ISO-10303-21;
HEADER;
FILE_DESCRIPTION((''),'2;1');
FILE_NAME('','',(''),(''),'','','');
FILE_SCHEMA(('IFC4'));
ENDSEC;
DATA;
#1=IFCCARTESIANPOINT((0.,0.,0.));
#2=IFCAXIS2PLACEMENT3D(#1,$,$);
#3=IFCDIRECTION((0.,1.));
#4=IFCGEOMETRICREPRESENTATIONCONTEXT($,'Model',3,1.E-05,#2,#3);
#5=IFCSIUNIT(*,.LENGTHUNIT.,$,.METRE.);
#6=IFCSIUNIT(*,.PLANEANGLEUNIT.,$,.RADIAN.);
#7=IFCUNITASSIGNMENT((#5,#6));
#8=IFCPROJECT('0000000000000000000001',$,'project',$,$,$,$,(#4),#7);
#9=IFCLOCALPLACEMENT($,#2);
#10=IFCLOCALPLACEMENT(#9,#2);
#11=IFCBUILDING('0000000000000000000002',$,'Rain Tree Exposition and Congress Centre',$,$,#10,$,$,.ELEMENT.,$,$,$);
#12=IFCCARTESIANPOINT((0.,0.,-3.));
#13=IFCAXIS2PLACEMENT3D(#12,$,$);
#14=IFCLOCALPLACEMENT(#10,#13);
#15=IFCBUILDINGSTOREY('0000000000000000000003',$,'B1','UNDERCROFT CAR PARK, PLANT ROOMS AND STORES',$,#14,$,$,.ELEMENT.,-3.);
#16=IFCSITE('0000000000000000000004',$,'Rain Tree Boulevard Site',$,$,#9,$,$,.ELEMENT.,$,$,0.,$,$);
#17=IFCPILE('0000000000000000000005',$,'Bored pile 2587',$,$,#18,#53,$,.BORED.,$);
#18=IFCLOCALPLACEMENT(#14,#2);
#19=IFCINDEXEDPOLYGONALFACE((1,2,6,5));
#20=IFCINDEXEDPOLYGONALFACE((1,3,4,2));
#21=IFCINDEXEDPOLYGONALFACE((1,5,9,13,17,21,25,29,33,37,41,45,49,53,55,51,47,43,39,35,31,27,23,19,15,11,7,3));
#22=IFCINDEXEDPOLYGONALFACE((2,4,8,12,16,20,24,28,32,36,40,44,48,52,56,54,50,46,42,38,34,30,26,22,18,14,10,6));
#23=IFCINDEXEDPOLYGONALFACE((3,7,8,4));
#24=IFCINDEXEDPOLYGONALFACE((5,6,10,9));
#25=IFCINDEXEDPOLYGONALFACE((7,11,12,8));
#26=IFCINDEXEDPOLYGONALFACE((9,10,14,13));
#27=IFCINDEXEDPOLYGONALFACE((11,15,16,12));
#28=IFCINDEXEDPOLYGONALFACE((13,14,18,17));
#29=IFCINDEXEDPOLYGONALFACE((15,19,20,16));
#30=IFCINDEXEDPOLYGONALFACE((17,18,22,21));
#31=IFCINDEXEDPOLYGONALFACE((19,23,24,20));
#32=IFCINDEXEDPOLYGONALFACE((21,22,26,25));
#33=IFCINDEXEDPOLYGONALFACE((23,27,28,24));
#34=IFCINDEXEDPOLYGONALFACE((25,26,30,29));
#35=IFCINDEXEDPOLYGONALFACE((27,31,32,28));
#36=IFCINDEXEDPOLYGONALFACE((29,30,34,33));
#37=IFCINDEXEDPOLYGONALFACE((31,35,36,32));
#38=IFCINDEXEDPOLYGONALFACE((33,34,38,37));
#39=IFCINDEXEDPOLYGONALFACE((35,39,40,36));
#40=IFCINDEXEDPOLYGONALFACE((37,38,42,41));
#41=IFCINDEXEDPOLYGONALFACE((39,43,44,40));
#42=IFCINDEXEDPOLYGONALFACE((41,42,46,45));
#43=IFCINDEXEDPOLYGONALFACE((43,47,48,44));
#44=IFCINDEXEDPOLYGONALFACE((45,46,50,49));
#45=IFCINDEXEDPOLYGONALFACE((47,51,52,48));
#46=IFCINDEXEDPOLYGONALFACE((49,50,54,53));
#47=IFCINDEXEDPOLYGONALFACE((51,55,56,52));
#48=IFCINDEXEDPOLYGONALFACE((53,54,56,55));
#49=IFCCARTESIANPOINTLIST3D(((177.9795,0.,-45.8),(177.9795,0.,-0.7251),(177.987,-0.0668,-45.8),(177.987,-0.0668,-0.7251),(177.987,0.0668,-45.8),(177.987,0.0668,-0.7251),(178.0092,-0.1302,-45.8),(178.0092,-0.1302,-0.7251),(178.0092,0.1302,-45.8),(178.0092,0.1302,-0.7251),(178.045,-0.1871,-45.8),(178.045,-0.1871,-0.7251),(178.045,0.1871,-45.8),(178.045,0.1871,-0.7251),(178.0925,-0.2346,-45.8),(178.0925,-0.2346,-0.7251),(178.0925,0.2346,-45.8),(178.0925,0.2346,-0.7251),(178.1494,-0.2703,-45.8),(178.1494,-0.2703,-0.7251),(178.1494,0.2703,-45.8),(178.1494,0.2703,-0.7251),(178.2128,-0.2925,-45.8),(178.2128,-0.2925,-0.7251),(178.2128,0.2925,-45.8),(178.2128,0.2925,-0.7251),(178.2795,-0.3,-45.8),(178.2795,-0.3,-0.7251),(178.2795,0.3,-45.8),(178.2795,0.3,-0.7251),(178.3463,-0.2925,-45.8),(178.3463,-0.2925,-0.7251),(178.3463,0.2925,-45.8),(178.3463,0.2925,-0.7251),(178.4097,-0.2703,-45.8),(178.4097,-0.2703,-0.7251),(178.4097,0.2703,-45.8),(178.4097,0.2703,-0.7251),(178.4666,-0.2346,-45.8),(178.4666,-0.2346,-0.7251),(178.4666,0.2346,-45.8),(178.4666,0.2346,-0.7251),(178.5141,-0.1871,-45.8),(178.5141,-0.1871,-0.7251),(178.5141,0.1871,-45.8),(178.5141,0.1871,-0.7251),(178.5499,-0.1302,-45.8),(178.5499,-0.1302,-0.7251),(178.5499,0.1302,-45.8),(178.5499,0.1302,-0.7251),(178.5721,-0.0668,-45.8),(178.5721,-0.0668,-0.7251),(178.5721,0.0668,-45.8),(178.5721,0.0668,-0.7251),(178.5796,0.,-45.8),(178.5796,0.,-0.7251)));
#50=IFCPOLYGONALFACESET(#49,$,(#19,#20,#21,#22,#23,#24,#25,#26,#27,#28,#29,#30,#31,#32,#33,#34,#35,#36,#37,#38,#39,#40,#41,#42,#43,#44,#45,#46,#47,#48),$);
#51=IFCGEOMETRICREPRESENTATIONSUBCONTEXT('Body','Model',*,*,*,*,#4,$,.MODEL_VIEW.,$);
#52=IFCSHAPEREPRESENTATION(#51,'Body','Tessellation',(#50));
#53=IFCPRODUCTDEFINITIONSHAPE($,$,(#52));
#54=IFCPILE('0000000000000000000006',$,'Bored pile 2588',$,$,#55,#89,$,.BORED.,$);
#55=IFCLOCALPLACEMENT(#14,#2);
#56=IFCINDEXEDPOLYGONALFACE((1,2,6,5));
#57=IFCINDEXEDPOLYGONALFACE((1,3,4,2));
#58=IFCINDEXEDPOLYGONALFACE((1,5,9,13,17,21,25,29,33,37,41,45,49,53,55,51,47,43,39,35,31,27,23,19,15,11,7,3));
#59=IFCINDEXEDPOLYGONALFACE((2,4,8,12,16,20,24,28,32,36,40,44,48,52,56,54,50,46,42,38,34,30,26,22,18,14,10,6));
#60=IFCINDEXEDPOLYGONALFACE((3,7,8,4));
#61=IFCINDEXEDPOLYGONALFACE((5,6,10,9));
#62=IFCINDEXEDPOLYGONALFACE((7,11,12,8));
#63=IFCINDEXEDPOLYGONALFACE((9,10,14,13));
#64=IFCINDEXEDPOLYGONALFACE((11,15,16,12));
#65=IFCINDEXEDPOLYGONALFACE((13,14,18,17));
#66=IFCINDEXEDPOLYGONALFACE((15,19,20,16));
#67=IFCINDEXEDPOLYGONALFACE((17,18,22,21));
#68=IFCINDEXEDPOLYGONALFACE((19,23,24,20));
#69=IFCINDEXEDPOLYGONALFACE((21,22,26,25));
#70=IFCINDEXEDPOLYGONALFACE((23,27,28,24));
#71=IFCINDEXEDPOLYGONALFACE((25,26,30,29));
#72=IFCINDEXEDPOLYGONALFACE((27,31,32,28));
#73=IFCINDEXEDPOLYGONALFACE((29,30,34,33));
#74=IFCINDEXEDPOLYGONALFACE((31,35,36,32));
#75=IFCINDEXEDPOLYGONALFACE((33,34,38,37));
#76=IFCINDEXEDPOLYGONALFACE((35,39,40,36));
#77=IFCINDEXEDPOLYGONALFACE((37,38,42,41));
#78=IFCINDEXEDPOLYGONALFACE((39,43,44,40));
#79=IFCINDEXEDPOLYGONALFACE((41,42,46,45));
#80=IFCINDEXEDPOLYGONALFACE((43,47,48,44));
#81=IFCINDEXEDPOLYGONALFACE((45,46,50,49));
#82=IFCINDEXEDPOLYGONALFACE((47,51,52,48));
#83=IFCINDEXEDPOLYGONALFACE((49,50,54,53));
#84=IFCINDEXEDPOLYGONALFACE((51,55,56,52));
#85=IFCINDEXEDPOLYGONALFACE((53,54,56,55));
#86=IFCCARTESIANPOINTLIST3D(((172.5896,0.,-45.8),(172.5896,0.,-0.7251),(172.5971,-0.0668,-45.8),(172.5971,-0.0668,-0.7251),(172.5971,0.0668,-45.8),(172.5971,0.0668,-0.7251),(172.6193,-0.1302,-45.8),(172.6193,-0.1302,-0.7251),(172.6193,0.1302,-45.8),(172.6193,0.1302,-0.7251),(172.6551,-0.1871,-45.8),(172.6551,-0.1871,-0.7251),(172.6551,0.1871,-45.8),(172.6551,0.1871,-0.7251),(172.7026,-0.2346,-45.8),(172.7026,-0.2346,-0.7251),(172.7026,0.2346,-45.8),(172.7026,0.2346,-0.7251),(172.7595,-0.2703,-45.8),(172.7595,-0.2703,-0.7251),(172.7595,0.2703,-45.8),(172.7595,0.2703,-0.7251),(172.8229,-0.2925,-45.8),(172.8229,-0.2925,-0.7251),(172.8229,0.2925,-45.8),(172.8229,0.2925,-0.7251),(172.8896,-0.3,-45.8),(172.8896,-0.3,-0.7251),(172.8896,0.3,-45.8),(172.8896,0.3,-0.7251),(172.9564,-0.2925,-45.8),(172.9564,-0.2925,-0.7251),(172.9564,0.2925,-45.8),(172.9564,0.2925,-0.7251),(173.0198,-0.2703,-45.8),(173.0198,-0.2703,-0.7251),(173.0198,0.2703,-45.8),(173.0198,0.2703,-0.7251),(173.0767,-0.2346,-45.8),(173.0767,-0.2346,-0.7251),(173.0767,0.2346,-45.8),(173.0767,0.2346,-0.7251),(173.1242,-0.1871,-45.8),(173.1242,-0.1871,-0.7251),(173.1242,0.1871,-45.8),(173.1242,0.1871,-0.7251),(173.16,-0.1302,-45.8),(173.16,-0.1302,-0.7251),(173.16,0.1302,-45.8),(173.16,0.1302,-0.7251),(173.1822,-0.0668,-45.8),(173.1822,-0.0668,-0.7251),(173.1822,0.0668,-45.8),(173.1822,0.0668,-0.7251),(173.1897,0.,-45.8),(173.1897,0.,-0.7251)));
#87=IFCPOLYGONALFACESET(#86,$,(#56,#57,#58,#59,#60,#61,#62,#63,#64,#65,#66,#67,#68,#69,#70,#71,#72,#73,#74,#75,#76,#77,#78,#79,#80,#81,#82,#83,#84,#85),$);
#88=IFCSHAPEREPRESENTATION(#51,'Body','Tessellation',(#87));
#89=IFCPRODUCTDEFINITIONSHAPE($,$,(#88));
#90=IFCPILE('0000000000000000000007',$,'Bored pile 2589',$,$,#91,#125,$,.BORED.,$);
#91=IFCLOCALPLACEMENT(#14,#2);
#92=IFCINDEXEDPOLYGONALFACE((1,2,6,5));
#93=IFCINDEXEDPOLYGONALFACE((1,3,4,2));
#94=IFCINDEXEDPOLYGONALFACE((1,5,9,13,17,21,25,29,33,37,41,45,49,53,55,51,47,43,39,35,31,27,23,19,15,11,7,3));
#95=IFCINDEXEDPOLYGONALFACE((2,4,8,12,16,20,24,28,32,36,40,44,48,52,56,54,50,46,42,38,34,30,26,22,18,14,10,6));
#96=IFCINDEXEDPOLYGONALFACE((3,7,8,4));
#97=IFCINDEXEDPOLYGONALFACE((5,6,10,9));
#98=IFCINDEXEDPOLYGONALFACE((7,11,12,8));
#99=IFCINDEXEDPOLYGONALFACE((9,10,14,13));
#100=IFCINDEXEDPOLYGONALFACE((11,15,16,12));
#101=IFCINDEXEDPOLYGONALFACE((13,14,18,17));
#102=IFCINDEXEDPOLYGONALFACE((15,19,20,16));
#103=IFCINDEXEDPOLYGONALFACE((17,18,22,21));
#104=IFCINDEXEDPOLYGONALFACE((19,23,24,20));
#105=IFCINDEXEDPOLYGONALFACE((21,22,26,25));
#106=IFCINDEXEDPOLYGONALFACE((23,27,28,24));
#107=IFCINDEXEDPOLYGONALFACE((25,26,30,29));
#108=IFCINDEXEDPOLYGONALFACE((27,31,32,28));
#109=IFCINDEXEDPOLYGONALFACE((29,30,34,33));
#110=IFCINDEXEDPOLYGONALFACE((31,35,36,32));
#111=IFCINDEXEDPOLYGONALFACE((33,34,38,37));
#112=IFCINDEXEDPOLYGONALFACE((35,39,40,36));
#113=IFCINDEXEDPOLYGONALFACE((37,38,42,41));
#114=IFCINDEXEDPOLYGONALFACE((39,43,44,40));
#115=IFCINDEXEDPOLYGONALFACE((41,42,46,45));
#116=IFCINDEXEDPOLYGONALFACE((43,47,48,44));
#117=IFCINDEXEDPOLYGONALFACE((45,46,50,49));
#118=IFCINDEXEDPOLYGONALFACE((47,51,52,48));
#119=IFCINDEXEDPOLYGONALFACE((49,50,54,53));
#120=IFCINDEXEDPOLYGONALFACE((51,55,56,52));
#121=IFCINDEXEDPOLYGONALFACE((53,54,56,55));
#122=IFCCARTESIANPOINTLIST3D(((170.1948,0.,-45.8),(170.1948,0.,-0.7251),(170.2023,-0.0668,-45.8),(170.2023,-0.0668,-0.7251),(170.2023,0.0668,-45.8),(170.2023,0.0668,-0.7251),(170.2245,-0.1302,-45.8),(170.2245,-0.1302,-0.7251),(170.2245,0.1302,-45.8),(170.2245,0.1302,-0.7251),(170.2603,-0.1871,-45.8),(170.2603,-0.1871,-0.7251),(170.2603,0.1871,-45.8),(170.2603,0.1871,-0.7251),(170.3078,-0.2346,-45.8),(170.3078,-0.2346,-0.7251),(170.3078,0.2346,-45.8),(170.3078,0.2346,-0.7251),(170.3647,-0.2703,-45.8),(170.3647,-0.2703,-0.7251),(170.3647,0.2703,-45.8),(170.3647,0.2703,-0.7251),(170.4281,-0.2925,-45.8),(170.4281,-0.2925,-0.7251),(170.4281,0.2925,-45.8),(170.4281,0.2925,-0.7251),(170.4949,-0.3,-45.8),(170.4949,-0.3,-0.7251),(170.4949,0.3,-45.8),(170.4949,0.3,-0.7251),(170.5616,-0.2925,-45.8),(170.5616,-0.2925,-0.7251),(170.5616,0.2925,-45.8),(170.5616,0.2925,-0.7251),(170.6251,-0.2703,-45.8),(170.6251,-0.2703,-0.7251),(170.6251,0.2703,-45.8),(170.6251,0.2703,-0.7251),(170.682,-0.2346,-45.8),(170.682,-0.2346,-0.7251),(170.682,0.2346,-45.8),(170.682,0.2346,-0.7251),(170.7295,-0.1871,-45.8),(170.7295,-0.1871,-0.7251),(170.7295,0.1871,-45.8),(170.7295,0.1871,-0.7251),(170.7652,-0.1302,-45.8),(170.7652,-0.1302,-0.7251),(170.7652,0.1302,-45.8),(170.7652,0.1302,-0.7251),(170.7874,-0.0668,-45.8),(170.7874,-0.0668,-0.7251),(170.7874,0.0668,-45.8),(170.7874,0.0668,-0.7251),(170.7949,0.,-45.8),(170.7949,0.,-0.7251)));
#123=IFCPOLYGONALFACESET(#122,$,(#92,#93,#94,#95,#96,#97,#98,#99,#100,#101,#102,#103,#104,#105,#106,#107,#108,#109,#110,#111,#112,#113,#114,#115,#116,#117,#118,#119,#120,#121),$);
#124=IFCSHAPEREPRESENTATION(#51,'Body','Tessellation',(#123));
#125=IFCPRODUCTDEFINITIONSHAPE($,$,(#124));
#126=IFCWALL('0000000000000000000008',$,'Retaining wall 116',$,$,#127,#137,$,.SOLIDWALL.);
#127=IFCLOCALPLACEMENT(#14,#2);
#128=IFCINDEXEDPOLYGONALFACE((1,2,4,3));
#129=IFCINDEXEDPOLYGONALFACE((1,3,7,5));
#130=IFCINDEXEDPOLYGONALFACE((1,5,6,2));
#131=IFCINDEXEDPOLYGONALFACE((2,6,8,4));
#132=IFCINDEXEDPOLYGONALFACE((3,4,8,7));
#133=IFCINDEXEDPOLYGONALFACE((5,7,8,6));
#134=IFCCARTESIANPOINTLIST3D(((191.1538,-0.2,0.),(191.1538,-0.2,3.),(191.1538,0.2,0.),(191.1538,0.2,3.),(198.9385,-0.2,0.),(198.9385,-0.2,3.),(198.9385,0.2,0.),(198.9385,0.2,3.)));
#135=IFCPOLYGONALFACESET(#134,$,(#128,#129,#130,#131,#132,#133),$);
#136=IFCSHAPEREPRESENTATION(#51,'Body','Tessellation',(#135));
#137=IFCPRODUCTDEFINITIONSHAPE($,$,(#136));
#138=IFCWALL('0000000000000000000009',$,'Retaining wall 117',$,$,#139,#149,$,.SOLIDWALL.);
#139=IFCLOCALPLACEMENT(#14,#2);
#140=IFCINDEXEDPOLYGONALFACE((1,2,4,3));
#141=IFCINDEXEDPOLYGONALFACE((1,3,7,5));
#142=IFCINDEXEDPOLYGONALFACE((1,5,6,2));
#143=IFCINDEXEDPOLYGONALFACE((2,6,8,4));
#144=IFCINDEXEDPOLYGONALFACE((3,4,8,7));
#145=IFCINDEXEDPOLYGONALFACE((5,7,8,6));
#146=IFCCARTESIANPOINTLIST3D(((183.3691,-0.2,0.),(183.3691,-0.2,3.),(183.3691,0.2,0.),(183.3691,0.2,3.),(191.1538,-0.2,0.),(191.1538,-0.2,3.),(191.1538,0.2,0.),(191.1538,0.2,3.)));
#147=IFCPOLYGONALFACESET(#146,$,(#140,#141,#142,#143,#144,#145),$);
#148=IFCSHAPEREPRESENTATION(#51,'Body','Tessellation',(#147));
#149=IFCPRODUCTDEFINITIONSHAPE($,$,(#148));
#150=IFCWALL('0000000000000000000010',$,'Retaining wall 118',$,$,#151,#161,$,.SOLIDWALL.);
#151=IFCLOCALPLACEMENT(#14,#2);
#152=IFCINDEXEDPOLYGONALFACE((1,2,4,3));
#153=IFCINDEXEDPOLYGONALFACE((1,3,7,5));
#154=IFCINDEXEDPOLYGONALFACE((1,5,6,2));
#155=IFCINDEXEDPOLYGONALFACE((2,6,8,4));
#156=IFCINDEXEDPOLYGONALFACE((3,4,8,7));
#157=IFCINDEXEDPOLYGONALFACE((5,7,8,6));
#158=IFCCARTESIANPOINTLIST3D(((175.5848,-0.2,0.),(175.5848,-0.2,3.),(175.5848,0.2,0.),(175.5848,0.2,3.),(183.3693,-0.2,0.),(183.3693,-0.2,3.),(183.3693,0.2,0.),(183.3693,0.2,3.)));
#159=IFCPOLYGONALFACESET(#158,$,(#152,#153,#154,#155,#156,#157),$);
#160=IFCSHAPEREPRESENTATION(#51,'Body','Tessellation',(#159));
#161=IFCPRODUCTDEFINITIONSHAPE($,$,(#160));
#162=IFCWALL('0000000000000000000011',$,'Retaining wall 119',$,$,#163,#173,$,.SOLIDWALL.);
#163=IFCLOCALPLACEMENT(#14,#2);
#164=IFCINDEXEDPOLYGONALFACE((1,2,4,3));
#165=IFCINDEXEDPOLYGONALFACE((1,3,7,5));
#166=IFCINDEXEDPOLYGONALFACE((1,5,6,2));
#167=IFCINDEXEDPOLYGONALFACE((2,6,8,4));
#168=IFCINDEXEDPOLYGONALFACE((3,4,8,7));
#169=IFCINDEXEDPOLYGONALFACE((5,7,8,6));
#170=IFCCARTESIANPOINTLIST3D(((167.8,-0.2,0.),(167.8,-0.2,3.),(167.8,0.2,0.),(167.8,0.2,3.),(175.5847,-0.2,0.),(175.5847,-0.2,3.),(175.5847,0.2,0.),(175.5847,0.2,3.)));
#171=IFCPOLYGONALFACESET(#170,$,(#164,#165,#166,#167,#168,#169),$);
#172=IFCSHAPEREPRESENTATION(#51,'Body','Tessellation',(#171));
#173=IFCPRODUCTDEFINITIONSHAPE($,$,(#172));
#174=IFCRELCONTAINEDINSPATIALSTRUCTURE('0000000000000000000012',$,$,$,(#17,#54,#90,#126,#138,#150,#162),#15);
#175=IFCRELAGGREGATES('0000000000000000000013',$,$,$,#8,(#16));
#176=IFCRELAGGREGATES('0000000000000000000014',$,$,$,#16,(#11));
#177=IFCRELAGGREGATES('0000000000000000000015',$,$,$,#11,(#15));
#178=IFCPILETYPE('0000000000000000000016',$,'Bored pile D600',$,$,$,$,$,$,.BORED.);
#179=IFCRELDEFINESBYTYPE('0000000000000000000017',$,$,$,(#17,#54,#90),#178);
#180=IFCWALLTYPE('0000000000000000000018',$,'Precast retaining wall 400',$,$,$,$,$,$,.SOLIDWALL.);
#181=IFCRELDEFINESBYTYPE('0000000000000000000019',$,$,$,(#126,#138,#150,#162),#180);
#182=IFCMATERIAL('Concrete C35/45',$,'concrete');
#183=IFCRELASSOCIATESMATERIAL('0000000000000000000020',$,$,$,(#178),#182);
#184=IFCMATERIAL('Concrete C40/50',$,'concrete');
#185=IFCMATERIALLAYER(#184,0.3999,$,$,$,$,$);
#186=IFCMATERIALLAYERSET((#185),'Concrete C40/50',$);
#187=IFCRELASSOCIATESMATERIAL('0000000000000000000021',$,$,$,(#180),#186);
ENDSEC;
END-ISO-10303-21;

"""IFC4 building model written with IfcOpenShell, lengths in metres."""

from ifc_helpers import new_model, si_unit, direction, frame, frame_2d, origin, origin_2d, place, context, subcontext, project, spatial, rectangle, circle, extrude, material, layer, layer_set, material_profile, profile_set, type_object, element, save


model = new_model("IFC4")

# Units and contexts
model_context = context("Model", 3, precision=1e-05, world=origin(), true_north=direction((0.0, 1.0)))
body_context = subcontext(model_context, "Body", "Model", "MODEL_VIEW")
ifc_project = project(units=[si_unit("LENGTHUNIT", "METRE"), si_unit("PLANEANGLEUNIT", "RADIAN")], contexts=[model_context])

# Site, building, storey
site_placement = place(None, origin())
site = spatial("IfcSite", under=ifc_project, at=site_placement, Name="Rain Tree Boulevard Site", CompositionType="ELEMENT", RefElevation=0.0)
building_placement = place(site_placement, origin())
building = spatial("IfcBuilding", under=site, at=building_placement, Name="Rain Tree Exposition and Congress Centre", CompositionType="ELEMENT")
storey_placement = place(building_placement, frame((0.0, 0.0, -3.0)))
storey = spatial("IfcBuildingStorey", under=building, at=storey_placement, Name="B1", Description="UNDERCROFT CAR PARK, PLANT ROOMS AND STORES", CompositionType="ELEMENT", Elevation=-3.0)

# Piles
ifc_material_1 = material(Name="Concrete C35/45", Category="concrete")
ifc_material_profile = material_profile(ifc_material_1, circle(Radius=0.3, at=origin_2d()), Name="D600")
ifc_profile_set = profile_set([ifc_material_profile], Name="Concrete C35/45")
pile_type = type_object("IfcPileType", Name="Bored pile D600", PredefinedType="BORED", material=ifc_profile_set)
for number, where, z_axis, x_axis, name in (
    (1, (178.2795, 0.0, -0.7251), (0.0, 0.0, -1.0), (1.0, 0.0, 0.0), "Bored pile 2587"),
    (2, (172.8896, 0.0, -0.7251), (0.0, 0.0, -1.0), (1.0, 0.0, 0.0), "Bored pile 2588"),
    (3, (170.4949, 0.0, -0.7251), (0.0, 0.0, -1.0), (1.0, 0.0, 0.0), "Bored pile 2589"),
):
    element("IfcPile", number, at=place(storey_placement, frame(where, z_axis=z_axis, x_axis=x_axis)), inside=storey, type_object=pile_type, Name=name, PredefinedType="BORED", context=body_context, shape_type="SweptSolid", body=[
        extrude(circle(Radius=0.3, at=origin_2d()), origin(), (0.0, 0.0, 1.0), 45.075),
    ])

# Walls
ifc_material_2 = material(Name="Concrete C40/50", Category="concrete")
ifc_layer = layer(ifc_material_2, 0.3999)
ifc_layer_set = layer_set([ifc_layer], Name="Concrete C40/50")
wall_type = type_object("IfcWallType", Name="Precast retaining wall 400", PredefinedType="SOLIDWALL", material=ifc_layer_set)
for number, where, z_axis, x_axis, name in (
    (4, (198.9385, 0.0, 0.0), (0.0, 0.0, 1.0), (-1.0, 0.0, 0.0), "Retaining wall 116"),
    (5, (191.1538, 0.0, 0.0), (0.0, 0.0, 1.0), (-1.0, 0.0, 0.0), "Retaining wall 117"),
):
    element("IfcWall", number, at=place(storey_placement, frame(where, z_axis=z_axis, x_axis=x_axis)), inside=storey, type_object=wall_type, Name=name, PredefinedType="SOLIDWALL", context=body_context, shape_type="SweptSolid", body=[
        extrude(rectangle(XDim=7.7847, YDim=0.3999, at=frame_2d((3.8923, 0.0))), origin(), (0.0, 0.0, 1.0), 3.0),
    ])
wall_1_placement = place(storey_placement, frame((183.3691, 0.0, 0.0), z_axis=(0.0, 0.0, 1.0), x_axis=(-1.0, 0.0, 0.0)))
element("IfcWall", 6, at=wall_1_placement, inside=storey, type_object=wall_type, Name="Retaining wall 118", PredefinedType="SOLIDWALL", context=body_context, shape_type="SweptSolid", body=[
    extrude(rectangle(XDim=7.7844, YDim=0.3999, at=frame_2d((3.8921, 0.0))), origin(), (0.0, 0.0, 1.0), 3.0),
])
wall_2_placement = place(storey_placement, frame((175.5847, 0.0, 0.0), z_axis=(0.0, 0.0, 1.0), x_axis=(-1.0, 0.0, 0.0)))
element("IfcWall", 7, at=wall_2_placement, inside=storey, type_object=wall_type, Name="Retaining wall 119", PredefinedType="SOLIDWALL", context=body_context, shape_type="SweptSolid", body=[
    extrude(rectangle(XDim=7.7847, YDim=0.3999, at=frame_2d((3.8923, 0.0))), origin(), (0.0, 0.0, 1.0), 3.0),
])

save(model, "model.ifc")
